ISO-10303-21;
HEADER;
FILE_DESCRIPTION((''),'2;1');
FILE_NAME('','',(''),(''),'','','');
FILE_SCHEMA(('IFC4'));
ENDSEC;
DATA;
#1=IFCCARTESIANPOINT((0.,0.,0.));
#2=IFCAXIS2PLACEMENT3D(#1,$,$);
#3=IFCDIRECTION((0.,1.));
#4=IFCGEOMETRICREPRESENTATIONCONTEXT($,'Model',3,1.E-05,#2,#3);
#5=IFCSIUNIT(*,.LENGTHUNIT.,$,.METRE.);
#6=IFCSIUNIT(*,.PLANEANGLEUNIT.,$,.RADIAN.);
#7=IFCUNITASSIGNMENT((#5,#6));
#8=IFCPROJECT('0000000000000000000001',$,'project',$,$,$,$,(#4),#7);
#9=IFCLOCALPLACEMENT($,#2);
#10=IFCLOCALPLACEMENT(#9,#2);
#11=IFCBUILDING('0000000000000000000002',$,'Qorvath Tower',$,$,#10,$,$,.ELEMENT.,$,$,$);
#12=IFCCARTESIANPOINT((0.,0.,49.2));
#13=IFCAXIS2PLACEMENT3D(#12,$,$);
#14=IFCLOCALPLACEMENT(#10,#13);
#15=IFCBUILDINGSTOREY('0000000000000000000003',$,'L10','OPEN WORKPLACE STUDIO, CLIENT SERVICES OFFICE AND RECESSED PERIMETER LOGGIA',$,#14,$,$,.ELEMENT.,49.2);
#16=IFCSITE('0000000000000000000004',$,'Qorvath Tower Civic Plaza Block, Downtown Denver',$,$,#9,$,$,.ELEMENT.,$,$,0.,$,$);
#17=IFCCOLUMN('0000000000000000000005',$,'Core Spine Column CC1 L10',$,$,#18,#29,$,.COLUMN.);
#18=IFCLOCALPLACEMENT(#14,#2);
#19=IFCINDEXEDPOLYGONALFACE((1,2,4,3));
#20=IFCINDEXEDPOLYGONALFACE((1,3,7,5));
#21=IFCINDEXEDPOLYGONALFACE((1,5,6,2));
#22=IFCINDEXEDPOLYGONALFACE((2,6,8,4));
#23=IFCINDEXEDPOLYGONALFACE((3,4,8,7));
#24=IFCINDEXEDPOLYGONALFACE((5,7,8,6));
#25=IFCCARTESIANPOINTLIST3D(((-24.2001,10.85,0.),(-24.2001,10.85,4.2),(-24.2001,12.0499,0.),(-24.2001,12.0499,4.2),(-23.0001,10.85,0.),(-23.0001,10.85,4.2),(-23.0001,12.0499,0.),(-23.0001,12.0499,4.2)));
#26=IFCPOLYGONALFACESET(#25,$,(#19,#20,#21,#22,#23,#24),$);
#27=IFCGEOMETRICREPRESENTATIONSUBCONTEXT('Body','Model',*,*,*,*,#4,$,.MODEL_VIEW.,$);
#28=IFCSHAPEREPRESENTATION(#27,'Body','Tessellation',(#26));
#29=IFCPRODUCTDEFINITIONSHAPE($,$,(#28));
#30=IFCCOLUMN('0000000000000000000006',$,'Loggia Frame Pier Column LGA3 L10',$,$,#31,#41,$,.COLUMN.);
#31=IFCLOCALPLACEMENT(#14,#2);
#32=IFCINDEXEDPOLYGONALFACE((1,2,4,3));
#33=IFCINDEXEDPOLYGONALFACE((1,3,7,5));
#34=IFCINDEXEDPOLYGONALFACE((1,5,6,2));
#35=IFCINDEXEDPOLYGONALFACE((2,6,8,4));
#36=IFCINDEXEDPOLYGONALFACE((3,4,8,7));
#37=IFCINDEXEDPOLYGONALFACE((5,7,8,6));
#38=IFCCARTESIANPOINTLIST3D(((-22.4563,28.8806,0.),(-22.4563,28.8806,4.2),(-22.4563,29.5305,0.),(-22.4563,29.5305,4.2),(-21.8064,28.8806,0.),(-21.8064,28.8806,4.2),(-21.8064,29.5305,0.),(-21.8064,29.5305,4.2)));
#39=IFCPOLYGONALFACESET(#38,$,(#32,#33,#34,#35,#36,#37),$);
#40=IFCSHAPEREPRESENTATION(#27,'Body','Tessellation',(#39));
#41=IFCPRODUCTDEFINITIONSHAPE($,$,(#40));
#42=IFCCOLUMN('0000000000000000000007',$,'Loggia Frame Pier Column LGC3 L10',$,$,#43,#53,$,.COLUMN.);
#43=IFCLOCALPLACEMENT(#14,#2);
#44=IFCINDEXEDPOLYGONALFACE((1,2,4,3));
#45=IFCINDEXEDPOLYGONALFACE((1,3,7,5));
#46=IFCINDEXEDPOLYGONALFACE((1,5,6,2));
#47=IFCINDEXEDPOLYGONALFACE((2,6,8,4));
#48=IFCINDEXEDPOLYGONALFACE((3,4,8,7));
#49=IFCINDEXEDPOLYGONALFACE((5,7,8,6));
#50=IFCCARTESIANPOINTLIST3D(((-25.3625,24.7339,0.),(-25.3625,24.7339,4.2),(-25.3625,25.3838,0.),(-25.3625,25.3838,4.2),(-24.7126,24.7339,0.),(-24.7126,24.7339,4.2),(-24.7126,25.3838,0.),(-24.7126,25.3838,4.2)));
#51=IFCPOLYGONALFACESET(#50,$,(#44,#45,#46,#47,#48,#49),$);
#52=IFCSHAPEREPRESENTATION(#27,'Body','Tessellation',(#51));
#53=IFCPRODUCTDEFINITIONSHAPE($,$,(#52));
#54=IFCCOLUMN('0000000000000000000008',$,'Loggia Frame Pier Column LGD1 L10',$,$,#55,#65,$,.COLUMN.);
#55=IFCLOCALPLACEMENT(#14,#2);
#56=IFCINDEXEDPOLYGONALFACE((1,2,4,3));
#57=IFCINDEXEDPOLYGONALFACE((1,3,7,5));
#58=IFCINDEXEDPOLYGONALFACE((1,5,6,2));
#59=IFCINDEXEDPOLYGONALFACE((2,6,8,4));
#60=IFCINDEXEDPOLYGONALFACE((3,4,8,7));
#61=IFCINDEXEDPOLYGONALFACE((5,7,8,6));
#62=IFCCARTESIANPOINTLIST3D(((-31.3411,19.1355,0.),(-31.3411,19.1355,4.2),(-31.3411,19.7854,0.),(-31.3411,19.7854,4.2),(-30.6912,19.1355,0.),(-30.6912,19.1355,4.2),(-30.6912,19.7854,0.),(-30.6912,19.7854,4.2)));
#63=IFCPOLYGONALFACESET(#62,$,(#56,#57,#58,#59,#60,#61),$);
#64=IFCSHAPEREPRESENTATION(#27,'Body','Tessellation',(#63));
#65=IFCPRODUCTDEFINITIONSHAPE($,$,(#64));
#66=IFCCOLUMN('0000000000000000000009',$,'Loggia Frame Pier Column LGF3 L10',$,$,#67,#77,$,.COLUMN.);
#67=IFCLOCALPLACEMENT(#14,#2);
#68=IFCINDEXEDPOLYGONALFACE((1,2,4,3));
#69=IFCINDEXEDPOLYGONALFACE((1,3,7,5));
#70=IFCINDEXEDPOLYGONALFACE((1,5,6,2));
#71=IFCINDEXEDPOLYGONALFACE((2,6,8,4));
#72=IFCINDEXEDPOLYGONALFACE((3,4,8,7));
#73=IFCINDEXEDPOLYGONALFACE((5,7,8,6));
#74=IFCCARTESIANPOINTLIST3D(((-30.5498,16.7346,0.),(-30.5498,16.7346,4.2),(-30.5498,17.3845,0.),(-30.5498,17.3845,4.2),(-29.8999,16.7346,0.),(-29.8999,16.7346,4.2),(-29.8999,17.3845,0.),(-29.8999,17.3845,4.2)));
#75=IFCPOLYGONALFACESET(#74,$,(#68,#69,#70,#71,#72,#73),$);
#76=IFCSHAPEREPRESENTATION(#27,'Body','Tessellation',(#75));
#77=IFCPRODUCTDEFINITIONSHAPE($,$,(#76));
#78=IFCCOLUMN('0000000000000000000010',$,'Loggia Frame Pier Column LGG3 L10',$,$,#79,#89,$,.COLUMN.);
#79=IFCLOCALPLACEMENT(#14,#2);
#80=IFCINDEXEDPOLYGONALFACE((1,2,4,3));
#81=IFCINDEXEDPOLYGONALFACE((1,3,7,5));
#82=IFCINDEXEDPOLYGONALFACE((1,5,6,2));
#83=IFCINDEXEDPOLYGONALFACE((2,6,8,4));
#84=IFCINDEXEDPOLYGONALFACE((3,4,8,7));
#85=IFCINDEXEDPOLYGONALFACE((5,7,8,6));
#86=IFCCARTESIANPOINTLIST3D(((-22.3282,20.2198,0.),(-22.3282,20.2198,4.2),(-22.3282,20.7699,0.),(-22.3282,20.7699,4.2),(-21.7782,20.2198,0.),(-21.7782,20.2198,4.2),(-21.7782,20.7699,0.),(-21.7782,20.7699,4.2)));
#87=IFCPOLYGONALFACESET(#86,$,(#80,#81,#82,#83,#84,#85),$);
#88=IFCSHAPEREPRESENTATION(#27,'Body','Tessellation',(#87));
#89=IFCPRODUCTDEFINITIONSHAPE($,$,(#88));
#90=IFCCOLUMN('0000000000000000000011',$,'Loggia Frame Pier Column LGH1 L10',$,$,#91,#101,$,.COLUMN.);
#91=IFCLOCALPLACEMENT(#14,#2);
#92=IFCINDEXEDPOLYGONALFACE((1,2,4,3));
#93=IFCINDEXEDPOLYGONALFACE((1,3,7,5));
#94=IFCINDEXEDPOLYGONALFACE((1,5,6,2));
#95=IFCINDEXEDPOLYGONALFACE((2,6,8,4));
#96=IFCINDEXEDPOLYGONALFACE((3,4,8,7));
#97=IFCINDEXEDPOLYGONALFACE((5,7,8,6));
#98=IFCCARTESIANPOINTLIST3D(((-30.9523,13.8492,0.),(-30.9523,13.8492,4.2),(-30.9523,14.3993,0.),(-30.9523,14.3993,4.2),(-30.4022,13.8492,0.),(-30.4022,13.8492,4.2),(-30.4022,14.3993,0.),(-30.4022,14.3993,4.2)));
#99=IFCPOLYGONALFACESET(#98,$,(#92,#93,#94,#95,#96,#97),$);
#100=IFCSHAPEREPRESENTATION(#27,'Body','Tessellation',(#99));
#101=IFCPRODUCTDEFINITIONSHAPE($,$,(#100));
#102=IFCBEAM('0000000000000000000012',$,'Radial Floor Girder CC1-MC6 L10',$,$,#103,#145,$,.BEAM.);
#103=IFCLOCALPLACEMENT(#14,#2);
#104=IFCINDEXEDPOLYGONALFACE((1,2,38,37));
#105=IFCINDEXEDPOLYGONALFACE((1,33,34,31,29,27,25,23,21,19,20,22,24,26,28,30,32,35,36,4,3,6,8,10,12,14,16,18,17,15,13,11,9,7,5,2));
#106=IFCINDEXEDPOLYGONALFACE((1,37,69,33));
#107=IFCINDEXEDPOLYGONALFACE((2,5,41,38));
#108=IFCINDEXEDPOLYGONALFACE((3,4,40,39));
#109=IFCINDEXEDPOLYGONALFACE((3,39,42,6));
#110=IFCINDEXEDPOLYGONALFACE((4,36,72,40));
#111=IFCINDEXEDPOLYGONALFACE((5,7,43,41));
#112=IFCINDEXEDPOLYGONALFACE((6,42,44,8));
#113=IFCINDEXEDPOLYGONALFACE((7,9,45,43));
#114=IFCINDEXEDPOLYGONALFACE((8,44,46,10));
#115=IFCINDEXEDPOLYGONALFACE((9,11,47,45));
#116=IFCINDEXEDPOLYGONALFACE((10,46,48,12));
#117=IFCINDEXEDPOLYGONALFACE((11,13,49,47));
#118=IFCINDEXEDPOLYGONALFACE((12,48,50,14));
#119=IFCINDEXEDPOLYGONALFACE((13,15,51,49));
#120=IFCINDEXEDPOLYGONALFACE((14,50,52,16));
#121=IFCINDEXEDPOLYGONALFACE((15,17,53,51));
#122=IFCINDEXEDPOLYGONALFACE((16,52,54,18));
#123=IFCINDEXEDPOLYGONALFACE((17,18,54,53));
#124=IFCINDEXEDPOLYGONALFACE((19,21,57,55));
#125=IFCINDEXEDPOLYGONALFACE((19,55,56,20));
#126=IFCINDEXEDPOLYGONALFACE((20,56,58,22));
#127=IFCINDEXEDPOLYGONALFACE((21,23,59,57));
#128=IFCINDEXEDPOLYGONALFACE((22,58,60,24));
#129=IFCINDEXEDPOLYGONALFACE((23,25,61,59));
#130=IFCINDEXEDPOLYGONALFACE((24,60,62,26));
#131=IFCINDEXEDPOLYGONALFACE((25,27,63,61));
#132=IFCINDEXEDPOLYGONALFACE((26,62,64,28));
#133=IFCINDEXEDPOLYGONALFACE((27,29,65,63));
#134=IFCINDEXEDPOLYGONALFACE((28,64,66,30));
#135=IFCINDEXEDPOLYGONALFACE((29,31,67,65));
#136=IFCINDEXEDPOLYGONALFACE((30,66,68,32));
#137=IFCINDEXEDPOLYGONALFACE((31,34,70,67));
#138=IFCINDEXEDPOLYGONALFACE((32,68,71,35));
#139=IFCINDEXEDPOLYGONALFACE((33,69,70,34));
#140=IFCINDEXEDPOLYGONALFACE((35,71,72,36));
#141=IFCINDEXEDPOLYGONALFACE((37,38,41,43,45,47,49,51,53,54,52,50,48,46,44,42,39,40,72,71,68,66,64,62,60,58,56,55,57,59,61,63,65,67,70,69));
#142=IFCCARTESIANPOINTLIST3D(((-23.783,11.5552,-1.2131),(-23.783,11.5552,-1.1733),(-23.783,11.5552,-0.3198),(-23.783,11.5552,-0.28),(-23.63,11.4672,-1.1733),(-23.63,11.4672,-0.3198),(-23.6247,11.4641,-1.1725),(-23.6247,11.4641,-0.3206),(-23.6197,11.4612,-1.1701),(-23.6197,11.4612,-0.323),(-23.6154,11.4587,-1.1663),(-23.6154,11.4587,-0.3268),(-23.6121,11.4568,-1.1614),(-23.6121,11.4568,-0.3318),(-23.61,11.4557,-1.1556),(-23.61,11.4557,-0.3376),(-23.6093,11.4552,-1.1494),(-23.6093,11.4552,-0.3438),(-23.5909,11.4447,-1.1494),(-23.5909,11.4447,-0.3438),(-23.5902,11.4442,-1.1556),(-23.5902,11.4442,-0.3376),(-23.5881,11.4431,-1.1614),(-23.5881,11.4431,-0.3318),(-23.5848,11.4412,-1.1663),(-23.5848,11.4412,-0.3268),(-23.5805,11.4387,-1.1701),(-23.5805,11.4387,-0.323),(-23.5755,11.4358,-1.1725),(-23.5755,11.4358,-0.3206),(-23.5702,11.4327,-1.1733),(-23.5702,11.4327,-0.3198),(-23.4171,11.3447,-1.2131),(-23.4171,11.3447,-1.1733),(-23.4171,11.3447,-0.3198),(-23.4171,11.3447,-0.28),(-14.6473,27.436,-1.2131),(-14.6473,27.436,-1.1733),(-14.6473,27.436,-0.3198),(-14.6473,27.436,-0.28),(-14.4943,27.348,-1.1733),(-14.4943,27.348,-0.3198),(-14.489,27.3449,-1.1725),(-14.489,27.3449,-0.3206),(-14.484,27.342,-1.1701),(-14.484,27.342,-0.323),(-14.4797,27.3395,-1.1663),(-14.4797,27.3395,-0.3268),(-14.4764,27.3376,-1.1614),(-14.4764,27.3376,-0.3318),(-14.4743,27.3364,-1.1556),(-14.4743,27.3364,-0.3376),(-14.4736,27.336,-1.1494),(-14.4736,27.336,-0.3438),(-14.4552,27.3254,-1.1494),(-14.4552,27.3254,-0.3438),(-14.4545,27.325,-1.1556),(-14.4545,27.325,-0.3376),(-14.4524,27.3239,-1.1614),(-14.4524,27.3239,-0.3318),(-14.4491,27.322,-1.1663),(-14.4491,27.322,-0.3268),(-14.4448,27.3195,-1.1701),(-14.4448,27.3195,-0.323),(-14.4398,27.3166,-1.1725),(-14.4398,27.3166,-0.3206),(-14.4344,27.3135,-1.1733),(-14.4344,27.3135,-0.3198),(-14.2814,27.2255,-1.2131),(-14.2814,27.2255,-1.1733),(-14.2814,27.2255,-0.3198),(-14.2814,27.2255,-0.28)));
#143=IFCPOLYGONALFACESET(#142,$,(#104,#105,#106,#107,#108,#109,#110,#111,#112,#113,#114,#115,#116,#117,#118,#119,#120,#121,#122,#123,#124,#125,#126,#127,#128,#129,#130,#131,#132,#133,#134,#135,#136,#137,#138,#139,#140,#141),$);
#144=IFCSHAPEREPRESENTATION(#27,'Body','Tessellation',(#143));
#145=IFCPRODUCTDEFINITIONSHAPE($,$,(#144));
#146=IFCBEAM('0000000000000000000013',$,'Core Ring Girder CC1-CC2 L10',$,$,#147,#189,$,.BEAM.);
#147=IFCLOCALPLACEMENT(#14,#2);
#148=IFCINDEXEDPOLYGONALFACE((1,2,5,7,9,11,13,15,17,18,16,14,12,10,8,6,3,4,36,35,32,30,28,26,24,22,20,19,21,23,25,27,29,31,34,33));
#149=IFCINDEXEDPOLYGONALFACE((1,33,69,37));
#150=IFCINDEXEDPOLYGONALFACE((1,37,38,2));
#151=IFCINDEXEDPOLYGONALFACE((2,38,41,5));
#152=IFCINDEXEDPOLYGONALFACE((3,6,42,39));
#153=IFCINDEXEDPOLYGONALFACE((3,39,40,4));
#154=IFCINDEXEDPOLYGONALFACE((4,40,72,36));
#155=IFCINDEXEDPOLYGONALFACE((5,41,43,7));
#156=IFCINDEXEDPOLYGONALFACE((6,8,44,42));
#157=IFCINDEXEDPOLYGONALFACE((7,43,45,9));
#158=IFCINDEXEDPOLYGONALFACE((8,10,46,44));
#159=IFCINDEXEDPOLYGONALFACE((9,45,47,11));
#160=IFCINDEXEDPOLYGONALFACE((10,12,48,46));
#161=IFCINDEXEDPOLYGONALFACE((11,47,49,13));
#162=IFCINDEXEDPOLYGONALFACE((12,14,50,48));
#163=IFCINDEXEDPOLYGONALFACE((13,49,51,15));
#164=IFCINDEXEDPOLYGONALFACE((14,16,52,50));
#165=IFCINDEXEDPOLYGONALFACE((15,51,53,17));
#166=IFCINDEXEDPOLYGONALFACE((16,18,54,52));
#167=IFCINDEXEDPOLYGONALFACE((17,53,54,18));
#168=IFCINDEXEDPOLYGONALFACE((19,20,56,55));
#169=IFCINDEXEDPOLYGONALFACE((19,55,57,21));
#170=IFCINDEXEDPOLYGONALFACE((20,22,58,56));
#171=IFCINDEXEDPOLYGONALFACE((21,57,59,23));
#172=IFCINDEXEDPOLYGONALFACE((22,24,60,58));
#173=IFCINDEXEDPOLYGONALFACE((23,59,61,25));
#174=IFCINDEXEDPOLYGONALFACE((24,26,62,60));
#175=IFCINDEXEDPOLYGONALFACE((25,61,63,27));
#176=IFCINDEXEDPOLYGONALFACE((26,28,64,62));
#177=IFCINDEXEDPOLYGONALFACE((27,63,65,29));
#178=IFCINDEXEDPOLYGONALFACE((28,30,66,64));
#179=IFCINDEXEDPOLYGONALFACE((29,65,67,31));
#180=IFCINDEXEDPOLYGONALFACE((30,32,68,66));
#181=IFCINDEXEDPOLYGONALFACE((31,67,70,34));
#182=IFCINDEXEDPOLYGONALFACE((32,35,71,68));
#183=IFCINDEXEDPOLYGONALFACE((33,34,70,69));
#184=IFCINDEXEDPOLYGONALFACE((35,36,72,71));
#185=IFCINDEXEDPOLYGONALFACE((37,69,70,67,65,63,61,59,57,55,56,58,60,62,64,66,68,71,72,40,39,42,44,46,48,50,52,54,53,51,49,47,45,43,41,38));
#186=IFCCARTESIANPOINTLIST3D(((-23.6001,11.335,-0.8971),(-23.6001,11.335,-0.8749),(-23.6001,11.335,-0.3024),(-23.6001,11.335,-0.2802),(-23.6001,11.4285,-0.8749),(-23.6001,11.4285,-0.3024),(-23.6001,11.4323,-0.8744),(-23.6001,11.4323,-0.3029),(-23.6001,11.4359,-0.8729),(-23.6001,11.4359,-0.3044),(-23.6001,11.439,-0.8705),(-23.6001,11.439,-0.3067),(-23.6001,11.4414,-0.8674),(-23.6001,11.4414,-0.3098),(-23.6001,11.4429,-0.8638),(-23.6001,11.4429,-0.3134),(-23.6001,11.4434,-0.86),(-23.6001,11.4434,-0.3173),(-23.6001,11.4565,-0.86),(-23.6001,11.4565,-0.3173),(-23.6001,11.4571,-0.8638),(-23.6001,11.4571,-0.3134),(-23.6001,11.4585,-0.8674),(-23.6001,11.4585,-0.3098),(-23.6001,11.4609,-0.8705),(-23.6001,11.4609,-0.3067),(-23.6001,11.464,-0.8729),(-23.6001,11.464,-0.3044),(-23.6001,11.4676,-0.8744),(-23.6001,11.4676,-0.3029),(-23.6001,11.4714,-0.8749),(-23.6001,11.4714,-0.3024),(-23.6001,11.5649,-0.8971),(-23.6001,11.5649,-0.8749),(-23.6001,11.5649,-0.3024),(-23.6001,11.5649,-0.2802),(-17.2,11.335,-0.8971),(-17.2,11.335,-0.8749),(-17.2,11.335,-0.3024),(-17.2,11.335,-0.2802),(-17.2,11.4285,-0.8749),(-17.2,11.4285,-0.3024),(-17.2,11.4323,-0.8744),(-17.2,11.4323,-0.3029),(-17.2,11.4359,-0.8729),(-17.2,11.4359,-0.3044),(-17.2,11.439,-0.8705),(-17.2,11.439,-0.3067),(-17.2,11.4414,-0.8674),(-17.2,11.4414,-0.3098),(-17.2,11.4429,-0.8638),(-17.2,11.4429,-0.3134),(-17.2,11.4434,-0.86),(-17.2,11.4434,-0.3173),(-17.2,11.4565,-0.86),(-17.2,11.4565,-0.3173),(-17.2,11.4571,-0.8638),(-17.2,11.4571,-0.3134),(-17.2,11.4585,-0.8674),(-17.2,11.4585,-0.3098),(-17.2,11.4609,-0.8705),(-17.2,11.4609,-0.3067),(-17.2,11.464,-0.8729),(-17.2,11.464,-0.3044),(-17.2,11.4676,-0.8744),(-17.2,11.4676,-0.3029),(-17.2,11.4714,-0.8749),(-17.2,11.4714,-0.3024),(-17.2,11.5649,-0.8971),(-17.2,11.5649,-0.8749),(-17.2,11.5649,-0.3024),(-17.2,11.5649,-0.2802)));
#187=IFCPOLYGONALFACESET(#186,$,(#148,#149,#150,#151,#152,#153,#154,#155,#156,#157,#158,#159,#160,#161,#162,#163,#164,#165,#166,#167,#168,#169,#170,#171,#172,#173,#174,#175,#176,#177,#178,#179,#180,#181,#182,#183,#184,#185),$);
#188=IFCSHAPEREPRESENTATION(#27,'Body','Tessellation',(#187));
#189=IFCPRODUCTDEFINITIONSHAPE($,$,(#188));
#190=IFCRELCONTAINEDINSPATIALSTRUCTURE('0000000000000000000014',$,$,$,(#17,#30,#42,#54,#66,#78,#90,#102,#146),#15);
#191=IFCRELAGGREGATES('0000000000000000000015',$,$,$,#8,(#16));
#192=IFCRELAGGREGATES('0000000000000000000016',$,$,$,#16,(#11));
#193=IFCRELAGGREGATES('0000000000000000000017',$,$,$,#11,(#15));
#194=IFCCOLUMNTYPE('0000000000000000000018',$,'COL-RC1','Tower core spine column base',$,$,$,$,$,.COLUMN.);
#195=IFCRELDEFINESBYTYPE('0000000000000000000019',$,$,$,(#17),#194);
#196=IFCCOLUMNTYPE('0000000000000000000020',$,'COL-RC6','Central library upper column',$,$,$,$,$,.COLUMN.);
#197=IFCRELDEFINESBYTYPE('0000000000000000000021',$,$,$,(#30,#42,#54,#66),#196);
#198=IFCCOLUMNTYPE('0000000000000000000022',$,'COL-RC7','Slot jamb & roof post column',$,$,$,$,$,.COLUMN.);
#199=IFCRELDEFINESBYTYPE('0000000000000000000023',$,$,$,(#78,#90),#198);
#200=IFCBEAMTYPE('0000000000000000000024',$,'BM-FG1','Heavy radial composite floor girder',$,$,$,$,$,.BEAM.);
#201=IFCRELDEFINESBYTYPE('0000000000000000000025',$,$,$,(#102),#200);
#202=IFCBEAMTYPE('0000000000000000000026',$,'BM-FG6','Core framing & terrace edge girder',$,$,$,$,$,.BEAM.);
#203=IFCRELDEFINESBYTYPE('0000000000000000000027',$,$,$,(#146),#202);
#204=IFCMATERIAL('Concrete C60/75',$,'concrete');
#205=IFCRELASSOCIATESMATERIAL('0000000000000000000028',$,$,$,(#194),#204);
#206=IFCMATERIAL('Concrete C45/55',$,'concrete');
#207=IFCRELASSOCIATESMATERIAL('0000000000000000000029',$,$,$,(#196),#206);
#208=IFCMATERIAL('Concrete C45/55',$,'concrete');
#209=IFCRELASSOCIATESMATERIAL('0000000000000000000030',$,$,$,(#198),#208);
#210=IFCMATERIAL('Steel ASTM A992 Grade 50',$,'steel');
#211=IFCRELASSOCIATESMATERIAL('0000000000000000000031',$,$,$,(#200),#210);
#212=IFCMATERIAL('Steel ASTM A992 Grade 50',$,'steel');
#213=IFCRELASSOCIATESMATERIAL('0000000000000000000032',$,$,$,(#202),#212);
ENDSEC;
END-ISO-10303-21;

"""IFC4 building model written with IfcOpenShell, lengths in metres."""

from ifc_helpers import new_model, si_unit, direction, frame, origin, origin_2d, place, context, subcontext, project, spatial, rectangle, i_section, extrude, material, material_profile, profile_set, type_object, element, save


model = new_model("IFC4")

# Units and contexts
model_context = context("Model", 3, precision=1e-05, world=origin(), true_north=direction((0.0, 1.0)))
body_context = subcontext(model_context, "Body", "Model", "MODEL_VIEW")
ifc_project = project(units=[si_unit("LENGTHUNIT", "METRE"), si_unit("PLANEANGLEUNIT", "RADIAN")], contexts=[model_context])

# Site, building, storey
site_placement = place(None, origin())
site = spatial("IfcSite", under=ifc_project, at=site_placement, Name="Qorvath Tower Civic Plaza Block, Downtown Denver", CompositionType="ELEMENT", RefElevation=0.0)
building_placement = place(site_placement, origin())
building = spatial("IfcBuilding", under=site, at=building_placement, Name="Qorvath Tower", CompositionType="ELEMENT")
storey_placement = place(building_placement, frame((0.0, 0.0, 49.2)))
storey = spatial("IfcBuildingStorey", under=building, at=storey_placement, Name="L10", Description="OPEN WORKPLACE STUDIO, CLIENT SERVICES OFFICE AND RECESSED PERIMETER LOGGIA", CompositionType="ELEMENT", Elevation=49.2)

# Columns
ifc_material_1 = material(Name="Concrete C60/75", Category="concrete")
ifc_material_profile_1 = material_profile(ifc_material_1, rectangle(XDim=1.2, YDim=1.2, at=origin_2d()), Name="RC 1200x1200")
ifc_profile_set_1 = profile_set([ifc_material_profile_1], Name="Concrete C60/75")
column_type_1 = type_object("IfcColumnType", Name="COL-RC1", Description="Tower core spine column base", PredefinedType="COLUMN", material=ifc_profile_set_1)
column_placement = place(storey_placement, frame((-23.6001, 11.45, 0.0), z_axis=(0.0, 0.0, 1.0), x_axis=(1.0, 0.0, 0.0)))
element("IfcColumn", 1, at=column_placement, inside=storey, type_object=column_type_1, Name="Core Spine Column CC1 L10", PredefinedType="COLUMN", context=body_context, shape_type="SweptSolid", body=[
    extrude(rectangle(XDim=1.2, YDim=1.2, at=origin_2d()), origin(), (0.0, 0.0, 1.0), 4.2),
])
ifc_material_2 = material(Name="Concrete C45/55", Category="concrete")
ifc_material_profile_2 = material_profile(ifc_material_2, rectangle(XDim=0.6499, YDim=0.6499, at=origin_2d()), Name="RC 650x650")
ifc_profile_set_2 = profile_set([ifc_material_profile_2], Name="Concrete C45/55")
column_type_2 = type_object("IfcColumnType", Name="COL-RC6", Description="Central library upper column", PredefinedType="COLUMN", material=ifc_profile_set_2)
for number, where, z_axis, x_axis, name in (
    (2, (-22.1313, 29.2056, 0.0), (0.0, 0.0, 1.0), (1.0, 0.0, 0.0), "Loggia Frame Pier Column LGA3 L10"),
    (3, (-25.0376, 25.0588, 0.0), (0.0, 0.0, 1.0), (1.0, 0.0, 0.0), "Loggia Frame Pier Column LGC3 L10"),
    (4, (-31.0161, 19.4604, 0.0), (0.0, 0.0, 1.0), (1.0, 0.0, 0.0), "Loggia Frame Pier Column LGD1 L10"),
    (5, (-30.2249, 17.0596, 0.0), (0.0, 0.0, 1.0), (1.0, 0.0, 0.0), "Loggia Frame Pier Column LGF3 L10"),
):
    element("IfcColumn", number, at=place(storey_placement, frame(where, z_axis=z_axis, x_axis=x_axis)), inside=storey, type_object=column_type_2, Name=name, PredefinedType="COLUMN", context=body_context, shape_type="SweptSolid", body=[
        extrude(rectangle(XDim=0.6499, YDim=0.6499, at=origin_2d()), origin(), (0.0, 0.0, 1.0), 4.2),
    ])
ifc_material_3 = material(Name="Concrete C45/55", Category="concrete")
ifc_material_profile_3 = material_profile(ifc_material_3, rectangle(XDim=0.55, YDim=0.55, at=origin_2d()), Name="RC 550x550")
ifc_profile_set_3 = profile_set([ifc_material_profile_3], Name="Concrete C45/55")
column_type_3 = type_object("IfcColumnType", Name="COL-RC7", Description="Slot jamb & roof post column", PredefinedType="COLUMN", material=ifc_profile_set_3)
for number, where, z_axis, x_axis, name in (
    (6, (-22.0532, 20.4949, 0.0), (0.0, 0.0, 1.0), (1.0, 0.0, 0.0), "Loggia Frame Pier Column LGG3 L10"),
    (7, (-30.6772, 14.1243, 0.0), (0.0, 0.0, 1.0), (1.0, 0.0, 0.0), "Loggia Frame Pier Column LGH1 L10"),
):
    element("IfcColumn", number, at=place(storey_placement, frame(where, z_axis=z_axis, x_axis=x_axis)), inside=storey, type_object=column_type_3, Name=name, PredefinedType="COLUMN", context=body_context, shape_type="SweptSolid", body=[
        extrude(rectangle(XDim=0.55, YDim=0.55, at=origin_2d()), origin(), (0.0, 0.0, 1.0), 4.2),
    ])

# Beams
ifc_material_4 = material(Name="Steel ASTM A992 Grade 50", Category="steel")
ifc_material_profile_4 = material_profile(ifc_material_4, i_section(OverallWidth=0.4221, OverallDepth=0.9331, WebThickness=0.0212, FlangeThickness=0.0398, FilletRadius=0.0239, at=origin_2d()), Name="W36x262")
ifc_profile_set_4 = profile_set([ifc_material_profile_4], Name="Steel ASTM A992 Grade 50")
beam_type_1 = type_object("IfcBeamType", Name="BM-FG1", Description="Heavy radial composite floor girder", PredefinedType="BEAM", material=ifc_profile_set_4)
beam_1_placement = place(storey_placement, frame((-23.6001, 11.45, -0.7466), z_axis=(0.498645, 0.866806, 0.0), x_axis=(-0.866806, 0.498645, 0.0)))
element("IfcBeam", 8, at=beam_1_placement, inside=storey, type_object=beam_type_1, Name="Radial Floor Girder CC1-MC6 L10", PredefinedType="BEAM", context=body_context, shape_type="SweptSolid", body=[
    extrude(i_section(OverallWidth=0.4221, OverallDepth=0.9331, WebThickness=0.0212, FlangeThickness=0.0398, FilletRadius=0.0239, at=origin_2d()), origin(), (0.0, 0.0, 1.0), 18.321),
])
ifc_material_5 = material(Name="Steel ASTM A992 Grade 50", Category="steel")
ifc_material_profile_5 = material_profile(ifc_material_5, i_section(OverallWidth=0.23, OverallDepth=0.6169, WebThickness=0.0132, FlangeThickness=0.0222, FilletRadius=0.0149, at=origin_2d()), Name="W24x94")
ifc_profile_set_5 = profile_set([ifc_material_profile_5], Name="Steel ASTM A992 Grade 50")
beam_type_2 = type_object("IfcBeamType", Name="BM-FG6", Description="Core framing & terrace edge girder", PredefinedType="BEAM", material=ifc_profile_set_5)
beam_2_placement = place(storey_placement, frame((-23.6001, 11.45, -0.5886), z_axis=(1.0, 0.0, 0.0), x_axis=(0.0, 1.0, 0.0)))
element("IfcBeam", 9, at=beam_2_placement, inside=storey, type_object=beam_type_2, Name="Core Ring Girder CC1-CC2 L10", PredefinedType="BEAM", context=body_context, shape_type="SweptSolid", body=[
    extrude(i_section(OverallWidth=0.23, OverallDepth=0.6169, WebThickness=0.0132, FlangeThickness=0.0222, FilletRadius=0.0149, at=origin_2d()), origin(), (0.0, 0.0, 1.0), 6.4001),
])

save(model, "model.ifc")
